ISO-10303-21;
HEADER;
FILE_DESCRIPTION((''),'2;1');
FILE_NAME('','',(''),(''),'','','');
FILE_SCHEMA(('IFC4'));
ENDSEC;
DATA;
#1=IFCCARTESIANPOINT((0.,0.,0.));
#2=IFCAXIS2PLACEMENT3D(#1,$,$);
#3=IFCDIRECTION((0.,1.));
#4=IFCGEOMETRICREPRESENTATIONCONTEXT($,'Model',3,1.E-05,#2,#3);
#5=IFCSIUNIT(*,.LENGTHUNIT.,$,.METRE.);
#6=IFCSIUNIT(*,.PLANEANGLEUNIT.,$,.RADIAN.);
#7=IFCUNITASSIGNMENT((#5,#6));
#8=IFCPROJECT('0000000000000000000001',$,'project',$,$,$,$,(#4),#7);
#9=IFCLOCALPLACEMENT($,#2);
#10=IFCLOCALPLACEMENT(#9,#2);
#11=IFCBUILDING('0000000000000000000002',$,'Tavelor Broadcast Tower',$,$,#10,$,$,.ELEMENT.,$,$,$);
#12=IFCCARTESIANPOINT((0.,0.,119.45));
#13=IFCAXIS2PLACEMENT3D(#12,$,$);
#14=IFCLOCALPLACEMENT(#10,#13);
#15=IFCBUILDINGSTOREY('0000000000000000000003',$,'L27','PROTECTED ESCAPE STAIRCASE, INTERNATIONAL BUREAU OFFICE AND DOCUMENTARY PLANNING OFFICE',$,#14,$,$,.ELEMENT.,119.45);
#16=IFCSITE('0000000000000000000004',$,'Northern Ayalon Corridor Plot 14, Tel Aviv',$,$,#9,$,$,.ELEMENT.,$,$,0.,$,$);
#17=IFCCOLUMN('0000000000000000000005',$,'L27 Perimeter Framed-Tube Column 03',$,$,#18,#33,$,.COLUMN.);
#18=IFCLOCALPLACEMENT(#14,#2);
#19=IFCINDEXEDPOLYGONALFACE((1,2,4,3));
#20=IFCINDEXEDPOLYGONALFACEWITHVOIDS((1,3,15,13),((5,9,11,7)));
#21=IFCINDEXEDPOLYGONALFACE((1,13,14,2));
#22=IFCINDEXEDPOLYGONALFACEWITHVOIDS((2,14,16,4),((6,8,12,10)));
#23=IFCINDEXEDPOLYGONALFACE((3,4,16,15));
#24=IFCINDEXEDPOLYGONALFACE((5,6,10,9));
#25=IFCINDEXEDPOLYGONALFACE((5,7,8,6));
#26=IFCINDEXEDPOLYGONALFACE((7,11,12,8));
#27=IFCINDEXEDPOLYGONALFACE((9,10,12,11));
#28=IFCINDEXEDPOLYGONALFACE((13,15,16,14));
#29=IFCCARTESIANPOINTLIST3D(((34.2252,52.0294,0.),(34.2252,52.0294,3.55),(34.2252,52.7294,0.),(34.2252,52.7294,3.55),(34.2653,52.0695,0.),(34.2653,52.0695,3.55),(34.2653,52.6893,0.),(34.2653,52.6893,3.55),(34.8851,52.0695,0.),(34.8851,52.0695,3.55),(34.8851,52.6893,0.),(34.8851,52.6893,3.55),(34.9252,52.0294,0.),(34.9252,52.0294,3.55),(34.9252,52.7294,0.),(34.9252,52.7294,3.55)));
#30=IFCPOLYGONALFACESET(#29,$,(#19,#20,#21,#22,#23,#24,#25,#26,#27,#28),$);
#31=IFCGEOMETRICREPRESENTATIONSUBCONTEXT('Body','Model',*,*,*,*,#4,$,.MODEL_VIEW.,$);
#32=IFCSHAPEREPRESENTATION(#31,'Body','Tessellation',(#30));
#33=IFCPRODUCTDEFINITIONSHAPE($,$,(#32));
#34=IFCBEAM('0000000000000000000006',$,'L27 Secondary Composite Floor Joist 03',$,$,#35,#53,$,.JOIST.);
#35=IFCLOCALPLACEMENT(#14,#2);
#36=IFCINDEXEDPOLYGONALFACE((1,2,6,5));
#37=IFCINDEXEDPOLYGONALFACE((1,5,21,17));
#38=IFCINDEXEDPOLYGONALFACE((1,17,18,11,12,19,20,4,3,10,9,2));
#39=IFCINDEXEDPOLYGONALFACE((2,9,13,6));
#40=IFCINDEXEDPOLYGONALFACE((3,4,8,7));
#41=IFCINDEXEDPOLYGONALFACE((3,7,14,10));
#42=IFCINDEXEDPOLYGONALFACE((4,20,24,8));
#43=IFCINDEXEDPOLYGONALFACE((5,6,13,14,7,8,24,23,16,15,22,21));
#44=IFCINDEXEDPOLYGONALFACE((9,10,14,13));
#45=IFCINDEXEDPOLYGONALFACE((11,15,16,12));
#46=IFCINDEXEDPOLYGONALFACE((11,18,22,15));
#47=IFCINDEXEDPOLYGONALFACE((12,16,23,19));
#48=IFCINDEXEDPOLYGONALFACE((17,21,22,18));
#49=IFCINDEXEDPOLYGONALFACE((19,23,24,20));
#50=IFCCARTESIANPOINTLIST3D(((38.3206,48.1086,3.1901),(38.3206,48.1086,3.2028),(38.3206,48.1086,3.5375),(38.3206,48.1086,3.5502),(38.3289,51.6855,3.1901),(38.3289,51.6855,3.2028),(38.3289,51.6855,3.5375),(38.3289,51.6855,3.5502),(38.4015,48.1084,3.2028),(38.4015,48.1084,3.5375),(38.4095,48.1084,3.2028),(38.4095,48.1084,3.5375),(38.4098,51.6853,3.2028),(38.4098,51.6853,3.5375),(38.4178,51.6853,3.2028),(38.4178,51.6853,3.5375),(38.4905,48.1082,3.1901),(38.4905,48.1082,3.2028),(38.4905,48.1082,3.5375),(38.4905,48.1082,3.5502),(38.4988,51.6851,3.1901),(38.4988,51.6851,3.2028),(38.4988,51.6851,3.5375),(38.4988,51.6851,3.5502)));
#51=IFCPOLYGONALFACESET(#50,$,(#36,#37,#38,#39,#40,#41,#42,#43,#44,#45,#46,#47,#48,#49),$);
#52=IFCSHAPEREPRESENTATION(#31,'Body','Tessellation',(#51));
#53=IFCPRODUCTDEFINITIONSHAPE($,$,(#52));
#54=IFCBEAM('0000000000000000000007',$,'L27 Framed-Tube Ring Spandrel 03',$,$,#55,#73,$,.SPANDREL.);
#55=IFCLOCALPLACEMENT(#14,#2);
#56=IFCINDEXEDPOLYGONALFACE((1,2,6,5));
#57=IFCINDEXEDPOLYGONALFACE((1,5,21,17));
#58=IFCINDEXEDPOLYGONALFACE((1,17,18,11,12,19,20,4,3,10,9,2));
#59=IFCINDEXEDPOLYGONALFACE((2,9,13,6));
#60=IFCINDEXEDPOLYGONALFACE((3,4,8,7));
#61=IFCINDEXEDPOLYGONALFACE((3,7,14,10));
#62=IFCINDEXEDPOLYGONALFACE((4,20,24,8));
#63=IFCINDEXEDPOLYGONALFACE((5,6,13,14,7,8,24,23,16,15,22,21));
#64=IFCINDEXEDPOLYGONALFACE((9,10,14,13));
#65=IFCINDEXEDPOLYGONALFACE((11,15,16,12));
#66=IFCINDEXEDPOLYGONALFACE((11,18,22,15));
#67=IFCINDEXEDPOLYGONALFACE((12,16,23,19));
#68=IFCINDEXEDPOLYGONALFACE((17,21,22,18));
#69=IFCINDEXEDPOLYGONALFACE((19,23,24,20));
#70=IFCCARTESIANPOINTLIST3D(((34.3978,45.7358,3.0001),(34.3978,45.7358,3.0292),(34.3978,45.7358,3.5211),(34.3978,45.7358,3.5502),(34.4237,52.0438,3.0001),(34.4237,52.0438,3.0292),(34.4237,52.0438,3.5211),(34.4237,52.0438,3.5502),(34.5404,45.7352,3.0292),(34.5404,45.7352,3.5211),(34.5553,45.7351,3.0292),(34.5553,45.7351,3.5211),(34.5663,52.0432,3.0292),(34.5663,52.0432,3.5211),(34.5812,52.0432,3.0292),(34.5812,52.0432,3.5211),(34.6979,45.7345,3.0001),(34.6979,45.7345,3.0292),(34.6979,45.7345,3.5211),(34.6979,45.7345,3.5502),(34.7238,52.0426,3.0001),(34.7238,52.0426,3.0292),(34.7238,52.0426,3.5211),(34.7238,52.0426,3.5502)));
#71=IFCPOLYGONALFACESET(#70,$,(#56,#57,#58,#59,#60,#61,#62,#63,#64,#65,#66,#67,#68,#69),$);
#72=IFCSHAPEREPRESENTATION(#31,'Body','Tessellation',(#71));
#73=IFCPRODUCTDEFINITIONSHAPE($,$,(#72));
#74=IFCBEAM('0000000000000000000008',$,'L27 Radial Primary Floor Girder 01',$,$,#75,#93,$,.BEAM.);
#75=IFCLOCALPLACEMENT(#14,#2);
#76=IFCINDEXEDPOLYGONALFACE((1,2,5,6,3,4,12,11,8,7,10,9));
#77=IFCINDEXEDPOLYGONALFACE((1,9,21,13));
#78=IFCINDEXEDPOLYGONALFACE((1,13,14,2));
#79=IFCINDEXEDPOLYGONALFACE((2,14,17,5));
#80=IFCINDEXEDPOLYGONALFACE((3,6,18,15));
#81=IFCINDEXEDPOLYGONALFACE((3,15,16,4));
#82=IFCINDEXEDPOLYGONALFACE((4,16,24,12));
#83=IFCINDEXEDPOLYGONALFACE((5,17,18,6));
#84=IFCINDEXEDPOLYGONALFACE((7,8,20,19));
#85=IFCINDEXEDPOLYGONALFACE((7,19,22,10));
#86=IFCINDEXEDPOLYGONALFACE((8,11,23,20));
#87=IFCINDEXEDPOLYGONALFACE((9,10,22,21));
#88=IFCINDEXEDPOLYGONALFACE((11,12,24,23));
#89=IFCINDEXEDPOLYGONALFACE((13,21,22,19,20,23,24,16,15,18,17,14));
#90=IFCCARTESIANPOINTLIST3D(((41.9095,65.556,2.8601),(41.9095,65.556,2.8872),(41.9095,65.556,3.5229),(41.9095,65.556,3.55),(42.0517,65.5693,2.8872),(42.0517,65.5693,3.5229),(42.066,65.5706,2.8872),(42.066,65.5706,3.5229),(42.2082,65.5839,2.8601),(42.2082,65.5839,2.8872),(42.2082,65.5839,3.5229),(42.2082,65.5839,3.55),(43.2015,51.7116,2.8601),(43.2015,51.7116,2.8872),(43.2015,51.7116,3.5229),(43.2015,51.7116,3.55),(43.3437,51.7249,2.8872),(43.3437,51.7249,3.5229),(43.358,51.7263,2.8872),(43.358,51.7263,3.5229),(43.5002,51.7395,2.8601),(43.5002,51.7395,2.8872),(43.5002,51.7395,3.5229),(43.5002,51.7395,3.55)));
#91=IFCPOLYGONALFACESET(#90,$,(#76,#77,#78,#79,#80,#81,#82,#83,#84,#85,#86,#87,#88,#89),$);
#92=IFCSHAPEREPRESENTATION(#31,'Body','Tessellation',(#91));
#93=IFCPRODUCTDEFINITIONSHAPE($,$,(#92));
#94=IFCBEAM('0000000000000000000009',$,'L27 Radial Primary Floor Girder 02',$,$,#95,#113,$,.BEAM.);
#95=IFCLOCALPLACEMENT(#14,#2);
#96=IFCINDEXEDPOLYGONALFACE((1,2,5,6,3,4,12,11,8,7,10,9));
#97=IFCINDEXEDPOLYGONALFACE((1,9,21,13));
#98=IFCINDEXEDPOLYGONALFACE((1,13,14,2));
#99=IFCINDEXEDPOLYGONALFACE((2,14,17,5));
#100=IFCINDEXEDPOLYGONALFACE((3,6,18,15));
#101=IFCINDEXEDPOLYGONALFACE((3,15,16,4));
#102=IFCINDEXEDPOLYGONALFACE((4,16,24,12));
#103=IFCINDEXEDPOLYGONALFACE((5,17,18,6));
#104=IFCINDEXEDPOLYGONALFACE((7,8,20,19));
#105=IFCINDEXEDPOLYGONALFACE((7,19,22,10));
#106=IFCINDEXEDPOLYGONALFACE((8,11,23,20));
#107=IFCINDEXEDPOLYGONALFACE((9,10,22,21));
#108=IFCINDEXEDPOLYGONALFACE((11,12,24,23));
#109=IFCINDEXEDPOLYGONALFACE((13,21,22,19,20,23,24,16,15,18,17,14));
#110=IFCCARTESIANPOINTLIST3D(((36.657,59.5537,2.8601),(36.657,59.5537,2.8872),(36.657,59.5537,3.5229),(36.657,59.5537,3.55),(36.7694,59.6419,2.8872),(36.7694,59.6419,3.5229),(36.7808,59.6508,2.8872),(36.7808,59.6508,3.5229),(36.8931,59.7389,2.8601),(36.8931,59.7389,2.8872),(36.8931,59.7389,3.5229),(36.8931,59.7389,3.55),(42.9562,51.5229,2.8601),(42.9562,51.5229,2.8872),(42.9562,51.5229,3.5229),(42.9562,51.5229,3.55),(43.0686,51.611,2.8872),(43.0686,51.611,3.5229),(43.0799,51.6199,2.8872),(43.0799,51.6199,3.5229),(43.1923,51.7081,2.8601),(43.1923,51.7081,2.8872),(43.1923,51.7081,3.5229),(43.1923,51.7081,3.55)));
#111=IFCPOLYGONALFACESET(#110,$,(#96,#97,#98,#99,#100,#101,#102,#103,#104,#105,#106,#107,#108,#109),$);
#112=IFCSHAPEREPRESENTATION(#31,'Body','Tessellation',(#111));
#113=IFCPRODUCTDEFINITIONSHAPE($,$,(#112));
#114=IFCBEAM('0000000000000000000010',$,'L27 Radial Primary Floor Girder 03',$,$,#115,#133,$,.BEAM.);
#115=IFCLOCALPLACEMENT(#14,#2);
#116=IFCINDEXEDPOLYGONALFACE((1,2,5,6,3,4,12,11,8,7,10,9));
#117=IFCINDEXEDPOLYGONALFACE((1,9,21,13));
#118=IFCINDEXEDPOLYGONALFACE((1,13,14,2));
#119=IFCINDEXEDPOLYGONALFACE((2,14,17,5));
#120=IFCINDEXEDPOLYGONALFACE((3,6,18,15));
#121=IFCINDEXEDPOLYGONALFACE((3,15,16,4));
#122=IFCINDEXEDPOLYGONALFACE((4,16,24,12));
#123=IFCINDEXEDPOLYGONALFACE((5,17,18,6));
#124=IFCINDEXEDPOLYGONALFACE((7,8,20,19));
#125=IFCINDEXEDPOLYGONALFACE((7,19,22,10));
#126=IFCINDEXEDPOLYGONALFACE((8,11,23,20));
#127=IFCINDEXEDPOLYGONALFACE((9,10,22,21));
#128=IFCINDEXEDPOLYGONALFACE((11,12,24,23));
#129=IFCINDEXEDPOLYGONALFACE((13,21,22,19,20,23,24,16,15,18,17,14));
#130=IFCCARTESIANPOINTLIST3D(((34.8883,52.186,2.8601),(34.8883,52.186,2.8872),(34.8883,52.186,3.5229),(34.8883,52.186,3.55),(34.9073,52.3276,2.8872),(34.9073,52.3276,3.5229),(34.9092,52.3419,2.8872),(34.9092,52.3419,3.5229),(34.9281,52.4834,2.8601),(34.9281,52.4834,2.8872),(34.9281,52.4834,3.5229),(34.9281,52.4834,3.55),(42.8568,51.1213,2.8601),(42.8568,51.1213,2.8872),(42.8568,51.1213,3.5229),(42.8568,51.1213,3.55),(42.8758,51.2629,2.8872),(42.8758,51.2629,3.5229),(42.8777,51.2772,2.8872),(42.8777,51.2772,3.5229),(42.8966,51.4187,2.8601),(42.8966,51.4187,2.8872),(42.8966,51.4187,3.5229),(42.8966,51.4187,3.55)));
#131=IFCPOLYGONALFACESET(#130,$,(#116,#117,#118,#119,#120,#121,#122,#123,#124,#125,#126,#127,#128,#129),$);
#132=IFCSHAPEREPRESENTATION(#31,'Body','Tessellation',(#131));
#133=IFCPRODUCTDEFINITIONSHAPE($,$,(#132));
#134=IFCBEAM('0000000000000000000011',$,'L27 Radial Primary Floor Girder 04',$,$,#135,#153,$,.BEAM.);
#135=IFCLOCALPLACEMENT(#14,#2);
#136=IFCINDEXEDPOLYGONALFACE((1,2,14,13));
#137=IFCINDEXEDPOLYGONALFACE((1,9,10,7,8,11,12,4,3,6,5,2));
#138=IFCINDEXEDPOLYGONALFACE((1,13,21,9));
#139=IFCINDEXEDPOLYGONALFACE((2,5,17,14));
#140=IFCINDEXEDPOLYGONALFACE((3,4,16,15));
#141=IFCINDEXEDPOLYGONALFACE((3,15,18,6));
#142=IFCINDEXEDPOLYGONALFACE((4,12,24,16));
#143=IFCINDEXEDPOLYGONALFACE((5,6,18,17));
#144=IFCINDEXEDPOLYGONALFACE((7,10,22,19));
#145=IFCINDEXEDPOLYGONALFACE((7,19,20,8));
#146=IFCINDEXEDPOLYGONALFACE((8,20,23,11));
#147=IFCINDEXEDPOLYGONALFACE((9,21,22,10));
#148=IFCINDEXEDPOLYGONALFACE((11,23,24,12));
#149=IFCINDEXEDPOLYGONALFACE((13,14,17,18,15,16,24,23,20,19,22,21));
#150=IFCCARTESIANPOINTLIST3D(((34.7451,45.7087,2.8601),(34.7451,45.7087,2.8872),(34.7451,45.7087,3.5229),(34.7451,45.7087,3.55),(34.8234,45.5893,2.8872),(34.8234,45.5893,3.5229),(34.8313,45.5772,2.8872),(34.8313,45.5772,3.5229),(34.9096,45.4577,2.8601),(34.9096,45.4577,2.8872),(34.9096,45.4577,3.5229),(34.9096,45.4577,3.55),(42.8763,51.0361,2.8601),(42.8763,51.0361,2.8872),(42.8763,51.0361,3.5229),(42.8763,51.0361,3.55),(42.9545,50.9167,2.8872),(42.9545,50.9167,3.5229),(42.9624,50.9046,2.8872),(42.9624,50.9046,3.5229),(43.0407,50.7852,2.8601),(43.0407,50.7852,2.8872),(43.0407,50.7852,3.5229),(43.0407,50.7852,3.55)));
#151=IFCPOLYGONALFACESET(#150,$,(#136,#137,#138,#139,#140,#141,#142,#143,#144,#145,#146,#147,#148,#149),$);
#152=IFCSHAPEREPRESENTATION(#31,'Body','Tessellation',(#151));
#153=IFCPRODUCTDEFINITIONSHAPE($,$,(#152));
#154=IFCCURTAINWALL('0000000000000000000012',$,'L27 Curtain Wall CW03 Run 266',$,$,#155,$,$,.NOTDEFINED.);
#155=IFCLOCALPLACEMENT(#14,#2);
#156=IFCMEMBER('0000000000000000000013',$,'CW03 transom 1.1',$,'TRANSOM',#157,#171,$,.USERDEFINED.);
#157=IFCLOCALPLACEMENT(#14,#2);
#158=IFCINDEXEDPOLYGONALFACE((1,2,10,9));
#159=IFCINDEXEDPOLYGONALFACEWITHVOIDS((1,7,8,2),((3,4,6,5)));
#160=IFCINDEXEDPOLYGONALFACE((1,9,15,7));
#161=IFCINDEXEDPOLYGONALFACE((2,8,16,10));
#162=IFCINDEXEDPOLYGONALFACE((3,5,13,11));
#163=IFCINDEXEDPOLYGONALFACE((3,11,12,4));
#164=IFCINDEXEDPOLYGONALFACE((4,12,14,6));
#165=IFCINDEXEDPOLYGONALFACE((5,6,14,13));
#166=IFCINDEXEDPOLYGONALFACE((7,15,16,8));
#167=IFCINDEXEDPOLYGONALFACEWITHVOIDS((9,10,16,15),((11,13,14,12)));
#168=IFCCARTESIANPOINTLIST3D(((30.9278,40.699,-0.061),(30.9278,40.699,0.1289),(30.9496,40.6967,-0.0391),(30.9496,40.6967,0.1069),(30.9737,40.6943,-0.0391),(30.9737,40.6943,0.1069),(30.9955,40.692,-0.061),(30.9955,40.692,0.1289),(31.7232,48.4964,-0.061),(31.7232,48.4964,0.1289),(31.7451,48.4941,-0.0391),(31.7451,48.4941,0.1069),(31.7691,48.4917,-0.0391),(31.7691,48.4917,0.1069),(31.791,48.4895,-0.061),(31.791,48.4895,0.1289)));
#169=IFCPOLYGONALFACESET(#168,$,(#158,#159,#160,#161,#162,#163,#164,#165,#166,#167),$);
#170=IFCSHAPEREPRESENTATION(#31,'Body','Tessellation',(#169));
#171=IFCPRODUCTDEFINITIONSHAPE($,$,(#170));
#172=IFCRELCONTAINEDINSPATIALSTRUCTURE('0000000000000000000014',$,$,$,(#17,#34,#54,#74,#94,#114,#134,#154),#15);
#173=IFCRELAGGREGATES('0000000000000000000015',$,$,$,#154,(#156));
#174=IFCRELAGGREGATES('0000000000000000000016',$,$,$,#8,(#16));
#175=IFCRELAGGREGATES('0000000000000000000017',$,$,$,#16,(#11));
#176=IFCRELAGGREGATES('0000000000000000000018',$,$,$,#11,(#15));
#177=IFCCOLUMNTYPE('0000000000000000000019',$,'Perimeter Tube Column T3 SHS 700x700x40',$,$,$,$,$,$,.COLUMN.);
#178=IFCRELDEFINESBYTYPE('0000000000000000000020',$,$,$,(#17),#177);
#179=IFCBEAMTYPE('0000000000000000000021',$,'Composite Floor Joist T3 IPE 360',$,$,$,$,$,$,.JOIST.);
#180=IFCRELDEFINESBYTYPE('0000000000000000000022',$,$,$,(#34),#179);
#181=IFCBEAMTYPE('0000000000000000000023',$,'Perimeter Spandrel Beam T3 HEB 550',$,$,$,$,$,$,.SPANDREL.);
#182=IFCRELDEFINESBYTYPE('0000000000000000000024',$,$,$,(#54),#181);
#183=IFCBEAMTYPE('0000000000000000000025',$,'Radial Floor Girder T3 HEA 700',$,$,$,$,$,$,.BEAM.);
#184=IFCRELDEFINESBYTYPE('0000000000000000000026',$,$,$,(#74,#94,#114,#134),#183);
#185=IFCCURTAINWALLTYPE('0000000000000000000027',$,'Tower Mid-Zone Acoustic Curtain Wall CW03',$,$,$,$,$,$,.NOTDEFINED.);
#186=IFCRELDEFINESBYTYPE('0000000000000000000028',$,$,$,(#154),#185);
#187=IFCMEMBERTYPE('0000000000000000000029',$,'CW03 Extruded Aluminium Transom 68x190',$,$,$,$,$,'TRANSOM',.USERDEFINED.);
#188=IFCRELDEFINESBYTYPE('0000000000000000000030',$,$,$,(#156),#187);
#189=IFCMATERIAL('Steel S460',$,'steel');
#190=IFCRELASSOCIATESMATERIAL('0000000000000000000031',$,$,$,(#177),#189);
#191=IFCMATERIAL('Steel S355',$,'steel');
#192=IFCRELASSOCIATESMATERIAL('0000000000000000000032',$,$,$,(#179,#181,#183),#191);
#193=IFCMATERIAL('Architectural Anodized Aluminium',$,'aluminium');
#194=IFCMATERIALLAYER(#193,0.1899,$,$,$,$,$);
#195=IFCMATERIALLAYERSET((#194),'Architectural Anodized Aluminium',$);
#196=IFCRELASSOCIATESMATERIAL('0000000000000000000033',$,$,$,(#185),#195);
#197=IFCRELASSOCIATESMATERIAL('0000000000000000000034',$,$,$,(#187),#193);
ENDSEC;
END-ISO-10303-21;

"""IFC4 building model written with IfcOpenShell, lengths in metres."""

from ifc_helpers import new_model, si_unit, direction, frame, origin, origin_2d, place, context, subcontext, project, spatial, hollow_rectangle, i_section, extrude, source, transform, mapped, material, layer, layer_set, material_profile, profile_set, type_object, type_shapes, element, aggregate, save


model = new_model("IFC4")

# Units and contexts
model_context = context("Model", 3, precision=1e-05, world=origin(), true_north=direction((0.0, 1.0)))
body_context = subcontext(model_context, "Body", "Model", "MODEL_VIEW")
ifc_project = project(units=[si_unit("LENGTHUNIT", "METRE"), si_unit("PLANEANGLEUNIT", "RADIAN")], contexts=[model_context])

# Site, building, storey
site_placement = place(None, origin())
site = spatial("IfcSite", under=ifc_project, at=site_placement, Name="Northern Ayalon Corridor Plot 14, Tel Aviv", CompositionType="ELEMENT", RefElevation=0.0)
building_placement = place(site_placement, origin())
building = spatial("IfcBuilding", under=site, at=building_placement, Name="Tavelor Broadcast Tower", CompositionType="ELEMENT")
storey_placement = place(building_placement, frame((0.0, 0.0, 119.45)))
storey = spatial("IfcBuildingStorey", under=building, at=storey_placement, Name="L27", Description="PROTECTED ESCAPE STAIRCASE, INTERNATIONAL BUREAU OFFICE AND DOCUMENTARY PLANNING OFFICE", CompositionType="ELEMENT", Elevation=119.45)

# Column
ifc_material_1 = material(Name="Steel S460", Category="steel")
ifc_material_profile_1 = material_profile(ifc_material_1, hollow_rectangle(XDim=0.7, YDim=0.7, WallThickness=0.04, at=origin_2d()), Name="SHS 700x700x40")
ifc_profile_set_1 = profile_set([ifc_material_profile_1], Name="Steel S460")
column_type = type_object("IfcColumnType", Name="Perimeter Tube Column T3 SHS 700x700x40", PredefinedType="COLUMN", material=ifc_profile_set_1)
column_placement = place(storey_placement, frame((34.5752, 52.3794, 0.0), z_axis=(0.0, 0.0, 1.0), x_axis=(1.0, 0.0, 0.0)))
element("IfcColumn", 1, at=column_placement, inside=storey, type_object=column_type, Name="L27 Perimeter Framed-Tube Column 03", PredefinedType="COLUMN", context=body_context, shape_type="SweptSolid", body=[
    extrude(hollow_rectangle(XDim=0.7, YDim=0.7, WallThickness=0.04, at=origin_2d()), origin(), (0.0, 0.0, 1.0), 3.55),
])

# Beams
ifc_material_2 = material(Name="Steel S355", Category="steel")
ifc_material_profile_2 = material_profile(ifc_material_2, i_section(OverallWidth=0.1699, OverallDepth=0.3601, WebThickness=0.0081, FlangeThickness=0.0127, at=origin_2d()), Name="IPE 360")
ifc_profile_set_2 = profile_set([ifc_material_profile_2], Name="Steel S355")
beam_type_1 = type_object("IfcBeamType", Name="Composite Floor Joist T3 IPE 360", PredefinedType="JOIST", material=ifc_profile_set_2)
beam_1_placement = place(storey_placement, frame((38.4138, 51.6853, 3.3701), z_axis=(-0.002321, -0.999997, 0.0), x_axis=(0.999997, -0.002321, 0.0)))
element("IfcBeam", 2, at=beam_1_placement, inside=storey, type_object=beam_type_1, Name="L27 Secondary Composite Floor Joist 03", PredefinedType="JOIST", context=body_context, shape_type="SweptSolid", body=[
    extrude(i_section(OverallWidth=0.1699, OverallDepth=0.3601, WebThickness=0.0081, FlangeThickness=0.0127, at=origin_2d()), origin(), (0.0, 0.0, 1.0), 3.5769),
])
ifc_material_profile_3 = material_profile(ifc_material_2, i_section(OverallWidth=0.3, OverallDepth=0.55, WebThickness=0.0149, FlangeThickness=0.0291, at=origin_2d()), Name="HEB 550")
ifc_profile_set_3 = profile_set([ifc_material_profile_3], Name="Steel S355")
beam_type_2 = type_object("IfcBeamType", Name="Perimeter Spandrel Beam T3 HEB 550", PredefinedType="SPANDREL", material=ifc_profile_set_3)
beam_2_placement = place(storey_placement, frame((34.5737, 52.0432, 3.2751), z_axis=(-0.004102, -0.999992, 0.0), x_axis=(0.999992, -0.004102, 0.0)))
element("IfcBeam", 3, at=beam_2_placement, inside=storey, type_object=beam_type_2, Name="L27 Framed-Tube Ring Spandrel 03", PredefinedType="SPANDREL", context=body_context, shape_type="SweptSolid", body=[
    extrude(i_section(OverallWidth=0.3, OverallDepth=0.55, WebThickness=0.0149, FlangeThickness=0.0291, at=origin_2d()), origin(), (0.0, 0.0, 1.0), 6.3081),
])
ifc_material_profile_4 = material_profile(ifc_material_2, i_section(OverallWidth=0.3, OverallDepth=0.6899, WebThickness=0.0144, FlangeThickness=0.0271, at=origin_2d()), Name="HEA 700")
ifc_profile_set_4 = profile_set([ifc_material_profile_4], Name="Steel S355")
beam_type_3 = type_object("IfcBeamType", Name="Radial Floor Girder T3 HEA 700", PredefinedType="BEAM", material=ifc_profile_set_4)
beam_3_placement = place(storey_placement, frame((43.3508, 51.7256, 3.2051), z_axis=(-0.092918, 0.995674, 0.0), x_axis=(-0.995674, -0.092918, 0.0)))
element("IfcBeam", 4, at=beam_3_placement, inside=storey, type_object=beam_type_3, Name="L27 Radial Primary Floor Girder 01", PredefinedType="BEAM", context=body_context, shape_type="SweptSolid", body=[
    extrude(i_section(OverallWidth=0.3, OverallDepth=0.6899, WebThickness=0.0144, FlangeThickness=0.0271, at=origin_2d()), origin(), (0.0, 0.0, 1.0), 13.9045),
])
beam_4_placement = place(storey_placement, frame((43.0742, 51.6155, 3.2051), z_axis=(-0.617166, 0.786833, 0.0), x_axis=(-0.786833, -0.617166, 0.0)))
element("IfcBeam", 5, at=beam_4_placement, inside=storey, type_object=beam_type_3, Name="L27 Radial Primary Floor Girder 02", PredefinedType="BEAM", context=body_context, shape_type="SweptSolid", body=[
    extrude(i_section(OverallWidth=0.3, OverallDepth=0.6899, WebThickness=0.0144, FlangeThickness=0.0271, at=origin_2d()), origin(), (0.0, 0.0, 1.0), 10.2065),
])
beam_5_placement = place(storey_placement, frame((42.8767, 51.27, 3.2051), z_axis=(-0.991192, 0.132436, 0.0), x_axis=(-0.132436, -0.991192, 0.0)))
element("IfcBeam", 6, at=beam_5_placement, inside=storey, type_object=beam_type_3, Name="L27 Radial Primary Floor Girder 03", PredefinedType="BEAM", context=body_context, shape_type="SweptSolid", body=[
    extrude(i_section(OverallWidth=0.3, OverallDepth=0.6899, WebThickness=0.0144, FlangeThickness=0.0271, at=origin_2d()), origin(), (0.0, 0.0, 1.0), 8.0393),
])
beam_6_placement = place(storey_placement, frame((42.9585, 50.9106, 3.2051), z_axis=(-0.836456, -0.548035, 0.0), x_axis=(0.548035, -0.836456, 0.0)))
element("IfcBeam", 7, at=beam_6_placement, inside=storey, type_object=beam_type_3, Name="L27 Radial Primary Floor Girder 04", PredefinedType="BEAM", context=body_context, shape_type="SweptSolid", body=[
    extrude(i_section(OverallWidth=0.3, OverallDepth=0.6899, WebThickness=0.0144, FlangeThickness=0.0271, at=origin_2d()), origin(), (0.0, 0.0, 1.0), 9.7209),
])

# Curtain wall, member
ifc_material_3 = material(Name="Architectural Anodized Aluminium", Category="aluminium")
ifc_layer_1 = layer(ifc_material_3, 0.1899)
ifc_layer_set_1 = layer_set([ifc_layer_1], Name="Architectural Anodized Aluminium")
curtain_wall_type = type_object("IfcCurtainWallType", Name="Tower Mid-Zone Acoustic Curtain Wall CW03", PredefinedType="NOTDEFINED", material=ifc_layer_set_1)
curtain_wall_1_placement = place(storey_placement, origin())
curtain_wall_1 = element("IfcCurtainWall", 8, at=curtain_wall_1_placement, inside=storey, type_object=curtain_wall_type, Name="L27 Curtain Wall CW03 Run 266", PredefinedType="NOTDEFINED")
ifc_material_profile_5 = material_profile(ifc_material_3, hollow_rectangle(XDim=0.0681, YDim=0.1899, WallThickness=0.022, at=origin_2d()), Name="RHS 68x190x22")
ifc_profile_set_5 = profile_set([ifc_material_profile_5], Name="Architectural Anodized Aluminium")
member_type_1 = type_object("IfcMemberType", Name="CW03 Extruded Aluminium Transom 68x190", ElementType="TRANSOM", PredefinedType="USERDEFINED", material=ifc_profile_set_5)
shared_shape_1 = source(origin(), body_context, "Body", "SweptSolid", [
    extrude(hollow_rectangle(XDim=0.0681, YDim=0.1899, WallThickness=0.022, at=origin_2d()), origin(), (0.0, 0.0, 1.0), 7.8379),
])
type_shapes(member_type_1, [shared_shape_1])
member_1_placement = place(storey_placement, frame((31.7571, 48.4929, 0.0339), z_axis=(-0.101483, -0.994837, 0.0), x_axis=(0.994837, -0.101483, 0.0)))
member_1 = element("IfcMember", 9, at=member_1_placement, type_object=member_type_1, Name="CW03 transom 1.1", ObjectType="TRANSOM", PredefinedType="USERDEFINED", context=body_context, shape_type="MappedRepresentation", body=[
    mapped(shared_shape_1, transform((0.0, 0.0, 0.0), scale=1.0)),
])

aggregate(curtain_wall_1, [member_1])

save(model, "model.ifc")
